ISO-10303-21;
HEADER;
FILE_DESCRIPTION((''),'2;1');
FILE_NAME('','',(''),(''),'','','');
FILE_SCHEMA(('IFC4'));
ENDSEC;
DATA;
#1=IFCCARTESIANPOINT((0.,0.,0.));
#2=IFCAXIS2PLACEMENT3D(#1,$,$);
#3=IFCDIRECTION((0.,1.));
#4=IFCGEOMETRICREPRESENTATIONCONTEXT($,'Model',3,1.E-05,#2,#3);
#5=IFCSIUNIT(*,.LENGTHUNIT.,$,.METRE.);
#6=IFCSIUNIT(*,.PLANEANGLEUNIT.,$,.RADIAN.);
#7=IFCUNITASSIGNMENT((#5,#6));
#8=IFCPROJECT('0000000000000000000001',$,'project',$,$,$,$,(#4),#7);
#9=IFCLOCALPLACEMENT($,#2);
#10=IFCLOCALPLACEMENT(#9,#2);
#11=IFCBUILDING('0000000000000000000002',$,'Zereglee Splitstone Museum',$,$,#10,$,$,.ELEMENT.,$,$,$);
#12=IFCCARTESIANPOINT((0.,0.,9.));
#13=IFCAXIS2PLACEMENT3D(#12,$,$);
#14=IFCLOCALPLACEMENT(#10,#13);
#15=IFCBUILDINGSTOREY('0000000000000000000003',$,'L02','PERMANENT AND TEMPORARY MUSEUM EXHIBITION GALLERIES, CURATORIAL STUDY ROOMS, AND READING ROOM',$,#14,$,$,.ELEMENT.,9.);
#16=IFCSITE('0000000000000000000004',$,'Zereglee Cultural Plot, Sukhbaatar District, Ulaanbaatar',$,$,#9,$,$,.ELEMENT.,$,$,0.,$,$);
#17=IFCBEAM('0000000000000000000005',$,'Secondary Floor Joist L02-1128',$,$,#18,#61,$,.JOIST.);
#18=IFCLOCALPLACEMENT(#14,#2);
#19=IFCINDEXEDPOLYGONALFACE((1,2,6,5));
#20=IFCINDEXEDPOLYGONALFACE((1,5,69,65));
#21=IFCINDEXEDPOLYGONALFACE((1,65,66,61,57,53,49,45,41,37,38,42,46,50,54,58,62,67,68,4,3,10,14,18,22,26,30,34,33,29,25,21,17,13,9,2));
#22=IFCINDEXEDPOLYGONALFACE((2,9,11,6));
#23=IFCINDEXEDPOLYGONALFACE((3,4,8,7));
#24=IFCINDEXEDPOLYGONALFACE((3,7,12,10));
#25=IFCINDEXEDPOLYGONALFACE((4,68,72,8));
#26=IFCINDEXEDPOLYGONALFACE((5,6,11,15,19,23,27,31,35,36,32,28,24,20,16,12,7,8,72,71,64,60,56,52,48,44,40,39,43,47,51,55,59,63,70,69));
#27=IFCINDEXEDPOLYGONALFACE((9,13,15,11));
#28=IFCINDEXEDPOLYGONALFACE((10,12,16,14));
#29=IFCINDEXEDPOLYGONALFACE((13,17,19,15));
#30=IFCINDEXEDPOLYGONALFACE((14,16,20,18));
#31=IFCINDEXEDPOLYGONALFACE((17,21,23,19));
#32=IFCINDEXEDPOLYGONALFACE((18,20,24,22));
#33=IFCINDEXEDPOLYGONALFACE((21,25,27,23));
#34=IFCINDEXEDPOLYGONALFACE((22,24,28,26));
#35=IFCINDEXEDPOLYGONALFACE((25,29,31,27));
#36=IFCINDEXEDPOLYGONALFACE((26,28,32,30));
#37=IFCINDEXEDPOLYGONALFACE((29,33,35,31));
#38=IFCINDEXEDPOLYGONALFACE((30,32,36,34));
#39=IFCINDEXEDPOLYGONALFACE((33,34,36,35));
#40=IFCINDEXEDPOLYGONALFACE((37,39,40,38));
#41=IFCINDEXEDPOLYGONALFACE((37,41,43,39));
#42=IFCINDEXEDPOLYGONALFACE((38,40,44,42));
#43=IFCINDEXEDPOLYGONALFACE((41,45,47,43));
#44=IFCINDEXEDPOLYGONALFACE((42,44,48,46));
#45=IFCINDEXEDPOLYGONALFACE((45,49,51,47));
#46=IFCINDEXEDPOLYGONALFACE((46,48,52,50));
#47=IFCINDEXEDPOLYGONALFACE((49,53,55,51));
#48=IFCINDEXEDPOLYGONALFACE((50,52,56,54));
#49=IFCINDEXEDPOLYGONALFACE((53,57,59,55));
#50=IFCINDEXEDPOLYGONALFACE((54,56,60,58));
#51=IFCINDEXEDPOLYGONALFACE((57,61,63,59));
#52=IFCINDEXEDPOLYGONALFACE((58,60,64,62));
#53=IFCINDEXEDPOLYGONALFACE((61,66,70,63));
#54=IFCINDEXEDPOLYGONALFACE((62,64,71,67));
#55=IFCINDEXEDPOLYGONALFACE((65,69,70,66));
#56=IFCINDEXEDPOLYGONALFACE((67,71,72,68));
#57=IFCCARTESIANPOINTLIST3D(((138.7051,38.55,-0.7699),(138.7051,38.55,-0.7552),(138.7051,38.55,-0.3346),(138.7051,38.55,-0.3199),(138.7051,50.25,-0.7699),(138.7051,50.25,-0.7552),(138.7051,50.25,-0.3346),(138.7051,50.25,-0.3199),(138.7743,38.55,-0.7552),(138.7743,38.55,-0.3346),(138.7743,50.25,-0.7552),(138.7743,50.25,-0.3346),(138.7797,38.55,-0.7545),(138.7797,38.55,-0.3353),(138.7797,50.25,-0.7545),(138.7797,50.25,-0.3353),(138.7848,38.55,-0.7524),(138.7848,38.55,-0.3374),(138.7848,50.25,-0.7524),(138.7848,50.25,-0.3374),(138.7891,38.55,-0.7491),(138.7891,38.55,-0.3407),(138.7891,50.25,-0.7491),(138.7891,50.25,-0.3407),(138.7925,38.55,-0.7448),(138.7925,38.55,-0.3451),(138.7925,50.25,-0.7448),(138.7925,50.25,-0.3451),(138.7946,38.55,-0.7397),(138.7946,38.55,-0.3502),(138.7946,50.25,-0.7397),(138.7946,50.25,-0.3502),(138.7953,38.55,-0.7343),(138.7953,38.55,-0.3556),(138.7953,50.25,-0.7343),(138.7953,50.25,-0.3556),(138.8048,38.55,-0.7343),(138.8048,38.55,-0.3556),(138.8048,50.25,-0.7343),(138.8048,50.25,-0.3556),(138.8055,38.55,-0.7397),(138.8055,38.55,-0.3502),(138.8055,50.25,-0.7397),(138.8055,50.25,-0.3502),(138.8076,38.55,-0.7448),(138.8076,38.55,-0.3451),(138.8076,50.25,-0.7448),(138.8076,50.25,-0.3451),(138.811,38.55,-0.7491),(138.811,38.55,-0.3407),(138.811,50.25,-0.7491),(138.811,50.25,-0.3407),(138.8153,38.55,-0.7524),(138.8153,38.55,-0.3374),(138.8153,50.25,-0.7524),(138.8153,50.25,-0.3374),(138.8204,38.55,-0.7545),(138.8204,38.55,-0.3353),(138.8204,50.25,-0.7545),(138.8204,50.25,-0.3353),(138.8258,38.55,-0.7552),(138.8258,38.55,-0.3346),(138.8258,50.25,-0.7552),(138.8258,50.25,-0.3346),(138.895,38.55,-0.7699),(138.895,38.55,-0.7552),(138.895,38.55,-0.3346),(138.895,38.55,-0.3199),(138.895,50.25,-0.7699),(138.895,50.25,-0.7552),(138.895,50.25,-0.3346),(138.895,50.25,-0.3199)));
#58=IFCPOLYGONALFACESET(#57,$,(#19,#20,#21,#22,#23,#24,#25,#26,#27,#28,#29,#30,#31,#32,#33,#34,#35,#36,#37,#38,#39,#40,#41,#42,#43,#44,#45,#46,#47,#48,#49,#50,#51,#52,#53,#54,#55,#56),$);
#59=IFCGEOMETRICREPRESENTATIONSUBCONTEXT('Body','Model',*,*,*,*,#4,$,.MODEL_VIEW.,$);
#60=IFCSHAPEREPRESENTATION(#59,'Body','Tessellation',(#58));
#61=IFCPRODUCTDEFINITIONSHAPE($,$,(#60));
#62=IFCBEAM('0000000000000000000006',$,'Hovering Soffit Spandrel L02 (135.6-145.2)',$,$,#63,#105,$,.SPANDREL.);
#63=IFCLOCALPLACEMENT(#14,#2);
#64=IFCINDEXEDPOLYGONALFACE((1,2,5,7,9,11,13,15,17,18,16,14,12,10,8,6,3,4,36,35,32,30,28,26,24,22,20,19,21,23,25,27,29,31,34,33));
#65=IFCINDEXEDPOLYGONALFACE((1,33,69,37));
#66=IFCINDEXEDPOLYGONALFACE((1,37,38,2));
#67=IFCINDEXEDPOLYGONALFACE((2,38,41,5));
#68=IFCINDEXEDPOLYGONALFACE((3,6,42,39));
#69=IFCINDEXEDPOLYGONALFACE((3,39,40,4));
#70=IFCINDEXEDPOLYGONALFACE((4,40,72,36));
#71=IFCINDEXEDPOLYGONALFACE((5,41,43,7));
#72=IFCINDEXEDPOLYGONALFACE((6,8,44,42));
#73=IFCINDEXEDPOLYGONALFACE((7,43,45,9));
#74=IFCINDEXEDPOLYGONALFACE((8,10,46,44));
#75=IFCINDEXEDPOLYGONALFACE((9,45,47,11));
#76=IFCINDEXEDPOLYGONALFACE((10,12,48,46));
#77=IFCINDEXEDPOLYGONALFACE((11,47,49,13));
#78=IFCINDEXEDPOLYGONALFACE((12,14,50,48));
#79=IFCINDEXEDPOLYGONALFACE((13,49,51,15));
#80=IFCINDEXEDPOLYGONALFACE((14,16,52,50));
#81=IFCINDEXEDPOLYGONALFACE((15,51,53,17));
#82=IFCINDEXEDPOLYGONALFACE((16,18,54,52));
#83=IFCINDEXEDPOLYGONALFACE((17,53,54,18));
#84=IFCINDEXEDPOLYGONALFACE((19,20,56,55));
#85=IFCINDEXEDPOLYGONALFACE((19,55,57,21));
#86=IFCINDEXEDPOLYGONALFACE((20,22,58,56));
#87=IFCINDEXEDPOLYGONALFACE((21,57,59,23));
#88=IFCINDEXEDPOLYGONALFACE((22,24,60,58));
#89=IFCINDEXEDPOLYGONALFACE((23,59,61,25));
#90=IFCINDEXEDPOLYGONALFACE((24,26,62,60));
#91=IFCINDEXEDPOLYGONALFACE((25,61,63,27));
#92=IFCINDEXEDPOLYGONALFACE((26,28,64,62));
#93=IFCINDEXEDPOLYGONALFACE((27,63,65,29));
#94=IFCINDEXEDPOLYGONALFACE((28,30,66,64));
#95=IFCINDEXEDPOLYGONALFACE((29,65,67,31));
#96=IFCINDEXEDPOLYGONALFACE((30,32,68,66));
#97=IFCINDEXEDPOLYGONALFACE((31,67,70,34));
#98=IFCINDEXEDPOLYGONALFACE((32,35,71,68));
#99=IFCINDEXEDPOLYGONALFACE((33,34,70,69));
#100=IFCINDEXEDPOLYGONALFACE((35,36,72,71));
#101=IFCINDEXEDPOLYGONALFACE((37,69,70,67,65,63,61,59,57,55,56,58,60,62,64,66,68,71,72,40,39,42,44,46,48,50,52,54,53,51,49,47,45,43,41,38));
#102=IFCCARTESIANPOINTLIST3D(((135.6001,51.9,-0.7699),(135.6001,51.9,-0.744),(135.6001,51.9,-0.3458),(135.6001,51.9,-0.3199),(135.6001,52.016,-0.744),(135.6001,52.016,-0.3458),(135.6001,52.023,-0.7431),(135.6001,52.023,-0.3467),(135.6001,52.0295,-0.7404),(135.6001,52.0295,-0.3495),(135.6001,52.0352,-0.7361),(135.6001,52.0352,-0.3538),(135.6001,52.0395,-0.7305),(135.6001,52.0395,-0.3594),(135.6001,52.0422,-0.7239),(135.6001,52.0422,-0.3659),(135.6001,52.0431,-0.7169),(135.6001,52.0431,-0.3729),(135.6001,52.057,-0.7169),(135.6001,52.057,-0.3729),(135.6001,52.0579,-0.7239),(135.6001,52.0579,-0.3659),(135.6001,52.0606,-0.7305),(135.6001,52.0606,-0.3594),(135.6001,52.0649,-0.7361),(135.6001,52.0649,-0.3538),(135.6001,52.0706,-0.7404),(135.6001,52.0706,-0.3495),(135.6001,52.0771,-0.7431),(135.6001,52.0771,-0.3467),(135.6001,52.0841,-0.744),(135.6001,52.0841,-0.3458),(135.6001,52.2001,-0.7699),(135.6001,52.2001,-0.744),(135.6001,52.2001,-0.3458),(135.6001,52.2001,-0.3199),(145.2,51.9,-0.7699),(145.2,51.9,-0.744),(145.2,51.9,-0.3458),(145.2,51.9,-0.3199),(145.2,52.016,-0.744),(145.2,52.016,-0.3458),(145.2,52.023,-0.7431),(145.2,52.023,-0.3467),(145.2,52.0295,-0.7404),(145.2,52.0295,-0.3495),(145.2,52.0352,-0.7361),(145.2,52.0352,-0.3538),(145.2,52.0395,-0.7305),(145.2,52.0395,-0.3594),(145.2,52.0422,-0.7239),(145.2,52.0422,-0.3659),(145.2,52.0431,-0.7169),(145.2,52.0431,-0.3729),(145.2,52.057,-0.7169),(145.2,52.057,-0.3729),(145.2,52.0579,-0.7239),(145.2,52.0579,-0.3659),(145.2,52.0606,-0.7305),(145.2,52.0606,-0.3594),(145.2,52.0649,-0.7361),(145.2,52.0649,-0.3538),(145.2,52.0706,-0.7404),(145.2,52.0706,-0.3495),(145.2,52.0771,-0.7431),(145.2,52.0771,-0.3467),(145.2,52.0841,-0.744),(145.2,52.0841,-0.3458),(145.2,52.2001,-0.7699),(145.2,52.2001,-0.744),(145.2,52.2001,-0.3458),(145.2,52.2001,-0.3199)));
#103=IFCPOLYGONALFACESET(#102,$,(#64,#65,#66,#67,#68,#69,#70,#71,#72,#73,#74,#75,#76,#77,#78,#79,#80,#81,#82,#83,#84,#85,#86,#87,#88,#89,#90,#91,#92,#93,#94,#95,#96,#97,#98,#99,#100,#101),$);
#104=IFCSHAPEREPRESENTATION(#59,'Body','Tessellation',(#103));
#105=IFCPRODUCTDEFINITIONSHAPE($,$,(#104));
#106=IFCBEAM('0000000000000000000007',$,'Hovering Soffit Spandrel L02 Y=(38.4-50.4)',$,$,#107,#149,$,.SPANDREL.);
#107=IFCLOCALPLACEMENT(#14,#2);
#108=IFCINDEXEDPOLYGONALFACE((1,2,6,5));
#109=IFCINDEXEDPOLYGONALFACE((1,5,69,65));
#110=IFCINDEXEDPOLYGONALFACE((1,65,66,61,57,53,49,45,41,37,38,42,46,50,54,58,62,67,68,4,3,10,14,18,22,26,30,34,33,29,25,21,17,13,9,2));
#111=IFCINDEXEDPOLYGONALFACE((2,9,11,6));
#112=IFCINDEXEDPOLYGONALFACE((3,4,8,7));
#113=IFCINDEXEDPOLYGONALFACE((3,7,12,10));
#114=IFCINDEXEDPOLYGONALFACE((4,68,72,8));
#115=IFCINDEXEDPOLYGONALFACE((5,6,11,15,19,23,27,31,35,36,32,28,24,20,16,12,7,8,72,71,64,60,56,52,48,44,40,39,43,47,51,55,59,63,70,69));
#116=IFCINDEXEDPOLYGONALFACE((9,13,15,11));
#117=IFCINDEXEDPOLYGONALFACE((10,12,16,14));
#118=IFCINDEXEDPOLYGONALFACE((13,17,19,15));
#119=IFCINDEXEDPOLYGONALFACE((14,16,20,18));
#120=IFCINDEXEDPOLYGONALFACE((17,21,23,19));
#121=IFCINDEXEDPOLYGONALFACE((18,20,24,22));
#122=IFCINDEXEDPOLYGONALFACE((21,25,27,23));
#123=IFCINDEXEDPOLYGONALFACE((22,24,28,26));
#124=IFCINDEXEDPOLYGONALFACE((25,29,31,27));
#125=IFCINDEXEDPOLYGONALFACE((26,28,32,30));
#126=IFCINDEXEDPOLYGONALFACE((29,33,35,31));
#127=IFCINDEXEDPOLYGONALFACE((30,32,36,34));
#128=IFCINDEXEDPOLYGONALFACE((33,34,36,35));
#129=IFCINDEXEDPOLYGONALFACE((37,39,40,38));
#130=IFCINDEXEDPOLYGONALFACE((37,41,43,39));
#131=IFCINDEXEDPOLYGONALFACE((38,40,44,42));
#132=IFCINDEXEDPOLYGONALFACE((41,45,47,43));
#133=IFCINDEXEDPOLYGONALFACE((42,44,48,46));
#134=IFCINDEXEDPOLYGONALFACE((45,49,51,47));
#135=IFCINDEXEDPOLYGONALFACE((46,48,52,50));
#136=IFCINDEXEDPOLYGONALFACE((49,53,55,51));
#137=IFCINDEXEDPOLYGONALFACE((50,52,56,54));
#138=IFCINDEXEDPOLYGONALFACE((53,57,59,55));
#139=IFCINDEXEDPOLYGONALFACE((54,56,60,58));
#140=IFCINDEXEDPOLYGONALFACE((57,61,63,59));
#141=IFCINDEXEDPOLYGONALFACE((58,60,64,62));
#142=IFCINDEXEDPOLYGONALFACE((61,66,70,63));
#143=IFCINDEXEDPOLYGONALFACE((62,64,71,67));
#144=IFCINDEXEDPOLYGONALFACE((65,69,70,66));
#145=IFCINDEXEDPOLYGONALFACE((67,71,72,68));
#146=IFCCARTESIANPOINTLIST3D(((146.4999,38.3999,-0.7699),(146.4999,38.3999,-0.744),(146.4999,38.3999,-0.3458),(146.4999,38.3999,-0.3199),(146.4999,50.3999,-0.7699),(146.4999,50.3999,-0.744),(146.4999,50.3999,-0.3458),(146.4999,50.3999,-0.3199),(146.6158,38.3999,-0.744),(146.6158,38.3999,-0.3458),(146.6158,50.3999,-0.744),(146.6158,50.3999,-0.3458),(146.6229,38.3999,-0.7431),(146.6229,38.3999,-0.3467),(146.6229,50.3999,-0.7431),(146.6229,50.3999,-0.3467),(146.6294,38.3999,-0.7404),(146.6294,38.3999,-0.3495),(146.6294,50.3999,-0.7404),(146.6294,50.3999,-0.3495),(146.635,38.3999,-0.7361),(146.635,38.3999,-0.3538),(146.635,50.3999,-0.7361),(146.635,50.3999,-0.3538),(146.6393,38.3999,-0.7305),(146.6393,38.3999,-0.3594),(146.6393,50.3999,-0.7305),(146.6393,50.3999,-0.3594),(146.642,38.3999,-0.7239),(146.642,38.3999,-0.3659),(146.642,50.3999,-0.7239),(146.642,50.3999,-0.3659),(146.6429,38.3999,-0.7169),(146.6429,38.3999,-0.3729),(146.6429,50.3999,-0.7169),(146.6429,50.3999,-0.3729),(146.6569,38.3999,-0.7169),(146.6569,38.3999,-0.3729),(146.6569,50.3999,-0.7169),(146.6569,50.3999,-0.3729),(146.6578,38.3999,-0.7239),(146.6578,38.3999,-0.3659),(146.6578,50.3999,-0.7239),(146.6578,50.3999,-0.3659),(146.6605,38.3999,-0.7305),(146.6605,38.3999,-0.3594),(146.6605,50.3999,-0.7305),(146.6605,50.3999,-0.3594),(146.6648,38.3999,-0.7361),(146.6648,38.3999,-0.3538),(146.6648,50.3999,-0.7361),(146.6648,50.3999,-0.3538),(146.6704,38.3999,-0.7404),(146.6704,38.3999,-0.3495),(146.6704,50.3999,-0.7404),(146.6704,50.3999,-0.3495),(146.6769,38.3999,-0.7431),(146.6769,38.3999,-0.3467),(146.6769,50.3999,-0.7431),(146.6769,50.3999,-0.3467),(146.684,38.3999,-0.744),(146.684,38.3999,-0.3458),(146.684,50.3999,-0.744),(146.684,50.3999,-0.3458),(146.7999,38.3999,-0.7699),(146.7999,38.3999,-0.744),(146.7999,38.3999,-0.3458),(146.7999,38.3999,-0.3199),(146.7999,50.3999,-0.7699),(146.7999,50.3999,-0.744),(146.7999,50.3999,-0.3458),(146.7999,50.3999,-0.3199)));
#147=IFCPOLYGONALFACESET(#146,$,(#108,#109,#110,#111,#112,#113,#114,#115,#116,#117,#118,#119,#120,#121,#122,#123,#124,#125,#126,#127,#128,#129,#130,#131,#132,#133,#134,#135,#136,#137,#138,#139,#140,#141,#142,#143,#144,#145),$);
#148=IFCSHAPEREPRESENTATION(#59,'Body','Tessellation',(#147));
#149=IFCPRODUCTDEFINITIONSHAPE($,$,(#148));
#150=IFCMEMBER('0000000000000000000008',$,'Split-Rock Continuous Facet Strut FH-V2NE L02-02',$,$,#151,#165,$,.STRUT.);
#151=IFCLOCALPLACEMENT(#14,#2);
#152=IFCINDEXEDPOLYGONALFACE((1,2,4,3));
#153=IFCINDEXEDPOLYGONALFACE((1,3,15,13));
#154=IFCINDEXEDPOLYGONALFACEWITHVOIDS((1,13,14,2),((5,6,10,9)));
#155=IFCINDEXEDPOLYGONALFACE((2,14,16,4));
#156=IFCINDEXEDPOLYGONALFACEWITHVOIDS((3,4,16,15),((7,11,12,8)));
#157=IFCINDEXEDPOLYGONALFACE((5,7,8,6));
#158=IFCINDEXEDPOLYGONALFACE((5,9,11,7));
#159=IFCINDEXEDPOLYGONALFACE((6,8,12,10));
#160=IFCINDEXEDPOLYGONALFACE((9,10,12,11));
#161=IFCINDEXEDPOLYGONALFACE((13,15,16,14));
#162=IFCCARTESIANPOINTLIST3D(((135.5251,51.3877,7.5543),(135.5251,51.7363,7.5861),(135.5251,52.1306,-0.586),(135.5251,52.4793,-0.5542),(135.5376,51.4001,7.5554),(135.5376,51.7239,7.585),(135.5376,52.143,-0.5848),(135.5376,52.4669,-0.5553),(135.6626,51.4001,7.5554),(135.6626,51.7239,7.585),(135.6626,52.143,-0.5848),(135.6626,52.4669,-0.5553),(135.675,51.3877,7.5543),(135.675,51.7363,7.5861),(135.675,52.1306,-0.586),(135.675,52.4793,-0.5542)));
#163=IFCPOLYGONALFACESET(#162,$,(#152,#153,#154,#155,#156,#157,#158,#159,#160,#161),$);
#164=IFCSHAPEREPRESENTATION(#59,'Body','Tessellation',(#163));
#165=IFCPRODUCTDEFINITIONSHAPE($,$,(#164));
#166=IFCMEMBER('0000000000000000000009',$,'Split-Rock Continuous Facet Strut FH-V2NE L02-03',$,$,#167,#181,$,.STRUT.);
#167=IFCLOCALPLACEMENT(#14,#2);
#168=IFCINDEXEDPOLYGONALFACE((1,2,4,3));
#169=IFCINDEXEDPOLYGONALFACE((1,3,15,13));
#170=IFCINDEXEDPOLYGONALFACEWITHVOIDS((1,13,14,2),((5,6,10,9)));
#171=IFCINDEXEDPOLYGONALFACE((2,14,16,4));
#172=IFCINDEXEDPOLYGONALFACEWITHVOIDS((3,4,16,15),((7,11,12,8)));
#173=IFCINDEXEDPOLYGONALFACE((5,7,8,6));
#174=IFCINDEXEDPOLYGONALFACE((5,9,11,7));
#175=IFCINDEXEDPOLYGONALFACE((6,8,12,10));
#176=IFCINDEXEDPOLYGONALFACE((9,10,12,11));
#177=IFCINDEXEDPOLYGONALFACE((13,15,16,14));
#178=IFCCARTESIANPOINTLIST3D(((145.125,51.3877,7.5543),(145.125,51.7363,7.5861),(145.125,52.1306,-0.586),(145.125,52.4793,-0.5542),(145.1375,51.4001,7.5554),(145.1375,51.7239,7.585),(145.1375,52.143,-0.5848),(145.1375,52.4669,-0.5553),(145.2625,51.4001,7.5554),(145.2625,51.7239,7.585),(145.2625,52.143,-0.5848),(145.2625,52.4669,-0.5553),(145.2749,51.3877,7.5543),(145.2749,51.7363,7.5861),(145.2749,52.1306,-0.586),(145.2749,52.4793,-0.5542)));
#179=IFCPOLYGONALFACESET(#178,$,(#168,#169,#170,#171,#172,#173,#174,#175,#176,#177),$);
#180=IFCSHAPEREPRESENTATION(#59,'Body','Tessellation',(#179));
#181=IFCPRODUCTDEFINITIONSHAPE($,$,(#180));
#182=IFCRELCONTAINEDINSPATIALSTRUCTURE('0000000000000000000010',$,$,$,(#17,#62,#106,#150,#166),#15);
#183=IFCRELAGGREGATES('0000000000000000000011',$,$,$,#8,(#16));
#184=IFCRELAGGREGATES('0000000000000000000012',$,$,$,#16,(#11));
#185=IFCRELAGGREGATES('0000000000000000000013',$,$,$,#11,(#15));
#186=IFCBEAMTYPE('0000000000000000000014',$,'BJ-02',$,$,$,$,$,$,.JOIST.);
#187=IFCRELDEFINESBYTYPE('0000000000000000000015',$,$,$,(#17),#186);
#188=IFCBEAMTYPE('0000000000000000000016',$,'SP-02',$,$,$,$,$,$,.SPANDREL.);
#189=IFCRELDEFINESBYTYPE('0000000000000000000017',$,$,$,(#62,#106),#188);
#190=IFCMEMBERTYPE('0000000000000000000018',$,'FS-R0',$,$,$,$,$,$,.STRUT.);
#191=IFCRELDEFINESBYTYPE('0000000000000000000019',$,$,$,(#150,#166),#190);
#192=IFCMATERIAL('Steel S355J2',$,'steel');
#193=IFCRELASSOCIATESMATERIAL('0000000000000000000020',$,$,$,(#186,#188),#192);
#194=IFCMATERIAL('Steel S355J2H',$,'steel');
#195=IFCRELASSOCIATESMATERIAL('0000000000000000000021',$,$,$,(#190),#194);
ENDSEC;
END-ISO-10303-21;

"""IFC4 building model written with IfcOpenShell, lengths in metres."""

from ifc_helpers import new_model, si_unit, direction, frame, origin, origin_2d, place, context, subcontext, project, spatial, hollow_rectangle, i_section, extrude, material, material_profile, profile_set, type_object, element, save


model = new_model("IFC4")

# Units and contexts
model_context = context("Model", 3, precision=1e-05, world=origin(), true_north=direction((0.0, 1.0)))
body_context = subcontext(model_context, "Body", "Model", "MODEL_VIEW")
ifc_project = project(units=[si_unit("LENGTHUNIT", "METRE"), si_unit("PLANEANGLEUNIT", "RADIAN")], contexts=[model_context])

# Site, building, storey
site_placement = place(None, origin())
site = spatial("IfcSite", under=ifc_project, at=site_placement, Name="Zereglee Cultural Plot, Sukhbaatar District, Ulaanbaatar", CompositionType="ELEMENT", RefElevation=0.0)
building_placement = place(site_placement, origin())
building = spatial("IfcBuilding", under=site, at=building_placement, Name="Zereglee Splitstone Museum", CompositionType="ELEMENT")
storey_placement = place(building_placement, frame((0.0, 0.0, 9.0)))
storey = spatial("IfcBuildingStorey", under=building, at=storey_placement, Name="L02", Description="PERMANENT AND TEMPORARY MUSEUM EXHIBITION GALLERIES, CURATORIAL STUDY ROOMS, AND READING ROOM", CompositionType="ELEMENT", Elevation=9.0)

# Shared definitions
ifc_material_1 = material(Name="Steel S355J2", Category="steel")

# Beams
ifc_material_profile_1 = material_profile(ifc_material_1, i_section(OverallWidth=0.1899, OverallDepth=0.45, WebThickness=0.0095, FlangeThickness=0.0146, FilletRadius=0.021, at=origin_2d()), Name="IPE 450")
ifc_profile_set_1 = profile_set([ifc_material_profile_1], Name="Steel S355J2")
beam_type_1 = type_object("IfcBeamType", Name="BJ-02", PredefinedType="JOIST", material=ifc_profile_set_1)
beam_1_placement = place(storey_placement, frame((138.8, 38.55, -0.5449), z_axis=(0.0, 1.0, 0.0), x_axis=(-1.0, 0.0, 0.0)))
element("IfcBeam", 1, at=beam_1_placement, inside=storey, type_object=beam_type_1, Name="Secondary Floor Joist L02-1128", PredefinedType="JOIST", context=body_context, shape_type="SweptSolid", body=[
    extrude(i_section(OverallWidth=0.1899, OverallDepth=0.45, WebThickness=0.0095, FlangeThickness=0.0146, FilletRadius=0.021, at=origin_2d()), origin(), (0.0, 0.0, 1.0), 11.7),
])
ifc_material_profile_2 = material_profile(ifc_material_1, i_section(OverallWidth=0.3, OverallDepth=0.45, WebThickness=0.0139, FlangeThickness=0.0259, FilletRadius=0.0271, at=origin_2d()), Name="HE 450 B")
ifc_profile_set_2 = profile_set([ifc_material_profile_2], Name="Steel S355J2")
beam_type_2 = type_object("IfcBeamType", Name="SP-02", PredefinedType="SPANDREL", material=ifc_profile_set_2)
beam_2_placement = place(storey_placement, frame((135.6001, 52.05, -0.5449), z_axis=(1.0, 0.0, 0.0), x_axis=(0.0, 1.0, 0.0)))
element("IfcBeam", 2, at=beam_2_placement, inside=storey, type_object=beam_type_2, Name="Hovering Soffit Spandrel L02 (135.6-145.2)", PredefinedType="SPANDREL", context=body_context, shape_type="SweptSolid", body=[
    extrude(i_section(OverallWidth=0.3, OverallDepth=0.45, WebThickness=0.0139, FlangeThickness=0.0259, FilletRadius=0.0271, at=origin_2d()), origin(), (0.0, 0.0, 1.0), 9.5999),
])
beam_3_placement = place(storey_placement, frame((146.6499, 38.3999, -0.5449), z_axis=(0.0, 1.0, 0.0), x_axis=(-1.0, 0.0, 0.0)))
element("IfcBeam", 3, at=beam_3_placement, inside=storey, type_object=beam_type_2, Name="Hovering Soffit Spandrel L02 Y=(38.4-50.4)", PredefinedType="SPANDREL", context=body_context, shape_type="SweptSolid", body=[
    extrude(i_section(OverallWidth=0.3, OverallDepth=0.45, WebThickness=0.0139, FlangeThickness=0.0259, FilletRadius=0.0271, at=origin_2d()), origin(), (0.0, 0.0, 1.0), 12.0),
])

# Members
ifc_material_2 = material(Name="Steel S355J2H", Category="steel")
ifc_material_profile_3 = material_profile(ifc_material_2, hollow_rectangle(XDim=0.1499, YDim=0.3501, WallThickness=0.0125, at=origin_2d()), Name="RHS 350x150x12.5")
ifc_profile_set_3 = profile_set([ifc_material_profile_3], Name="Steel S355J2H")
member_type_1 = type_object("IfcMemberType", Name="FS-R0", PredefinedType="STRUT", material=ifc_profile_set_3)
for number, where, z_axis, x_axis, name in (
    (4, (135.6001, 52.3049, -0.5701), (0.0, -0.090889, 0.995861), (1.0, 0.0, 0.0), "Split-Rock Continuous Facet Strut FH-V2NE L02-02"),
    (5, (145.2, 52.3049, -0.5701), (0.0, -0.090889, 0.995861), (1.0, 0.0, 0.0), "Split-Rock Continuous Facet Strut FH-V2NE L02-03"),
):
    element("IfcMember", number, at=place(storey_placement, frame(where, z_axis=z_axis, x_axis=x_axis)), inside=storey, type_object=member_type_1, Name=name, PredefinedType="STRUT", context=body_context, shape_type="SweptSolid", body=[
        extrude(hollow_rectangle(XDim=0.1499, YDim=0.3501, WallThickness=0.0125, at=origin_2d()), origin(), (0.0, 0.0, 1.0), 8.1741),
    ])

save(model, "model.ifc")
